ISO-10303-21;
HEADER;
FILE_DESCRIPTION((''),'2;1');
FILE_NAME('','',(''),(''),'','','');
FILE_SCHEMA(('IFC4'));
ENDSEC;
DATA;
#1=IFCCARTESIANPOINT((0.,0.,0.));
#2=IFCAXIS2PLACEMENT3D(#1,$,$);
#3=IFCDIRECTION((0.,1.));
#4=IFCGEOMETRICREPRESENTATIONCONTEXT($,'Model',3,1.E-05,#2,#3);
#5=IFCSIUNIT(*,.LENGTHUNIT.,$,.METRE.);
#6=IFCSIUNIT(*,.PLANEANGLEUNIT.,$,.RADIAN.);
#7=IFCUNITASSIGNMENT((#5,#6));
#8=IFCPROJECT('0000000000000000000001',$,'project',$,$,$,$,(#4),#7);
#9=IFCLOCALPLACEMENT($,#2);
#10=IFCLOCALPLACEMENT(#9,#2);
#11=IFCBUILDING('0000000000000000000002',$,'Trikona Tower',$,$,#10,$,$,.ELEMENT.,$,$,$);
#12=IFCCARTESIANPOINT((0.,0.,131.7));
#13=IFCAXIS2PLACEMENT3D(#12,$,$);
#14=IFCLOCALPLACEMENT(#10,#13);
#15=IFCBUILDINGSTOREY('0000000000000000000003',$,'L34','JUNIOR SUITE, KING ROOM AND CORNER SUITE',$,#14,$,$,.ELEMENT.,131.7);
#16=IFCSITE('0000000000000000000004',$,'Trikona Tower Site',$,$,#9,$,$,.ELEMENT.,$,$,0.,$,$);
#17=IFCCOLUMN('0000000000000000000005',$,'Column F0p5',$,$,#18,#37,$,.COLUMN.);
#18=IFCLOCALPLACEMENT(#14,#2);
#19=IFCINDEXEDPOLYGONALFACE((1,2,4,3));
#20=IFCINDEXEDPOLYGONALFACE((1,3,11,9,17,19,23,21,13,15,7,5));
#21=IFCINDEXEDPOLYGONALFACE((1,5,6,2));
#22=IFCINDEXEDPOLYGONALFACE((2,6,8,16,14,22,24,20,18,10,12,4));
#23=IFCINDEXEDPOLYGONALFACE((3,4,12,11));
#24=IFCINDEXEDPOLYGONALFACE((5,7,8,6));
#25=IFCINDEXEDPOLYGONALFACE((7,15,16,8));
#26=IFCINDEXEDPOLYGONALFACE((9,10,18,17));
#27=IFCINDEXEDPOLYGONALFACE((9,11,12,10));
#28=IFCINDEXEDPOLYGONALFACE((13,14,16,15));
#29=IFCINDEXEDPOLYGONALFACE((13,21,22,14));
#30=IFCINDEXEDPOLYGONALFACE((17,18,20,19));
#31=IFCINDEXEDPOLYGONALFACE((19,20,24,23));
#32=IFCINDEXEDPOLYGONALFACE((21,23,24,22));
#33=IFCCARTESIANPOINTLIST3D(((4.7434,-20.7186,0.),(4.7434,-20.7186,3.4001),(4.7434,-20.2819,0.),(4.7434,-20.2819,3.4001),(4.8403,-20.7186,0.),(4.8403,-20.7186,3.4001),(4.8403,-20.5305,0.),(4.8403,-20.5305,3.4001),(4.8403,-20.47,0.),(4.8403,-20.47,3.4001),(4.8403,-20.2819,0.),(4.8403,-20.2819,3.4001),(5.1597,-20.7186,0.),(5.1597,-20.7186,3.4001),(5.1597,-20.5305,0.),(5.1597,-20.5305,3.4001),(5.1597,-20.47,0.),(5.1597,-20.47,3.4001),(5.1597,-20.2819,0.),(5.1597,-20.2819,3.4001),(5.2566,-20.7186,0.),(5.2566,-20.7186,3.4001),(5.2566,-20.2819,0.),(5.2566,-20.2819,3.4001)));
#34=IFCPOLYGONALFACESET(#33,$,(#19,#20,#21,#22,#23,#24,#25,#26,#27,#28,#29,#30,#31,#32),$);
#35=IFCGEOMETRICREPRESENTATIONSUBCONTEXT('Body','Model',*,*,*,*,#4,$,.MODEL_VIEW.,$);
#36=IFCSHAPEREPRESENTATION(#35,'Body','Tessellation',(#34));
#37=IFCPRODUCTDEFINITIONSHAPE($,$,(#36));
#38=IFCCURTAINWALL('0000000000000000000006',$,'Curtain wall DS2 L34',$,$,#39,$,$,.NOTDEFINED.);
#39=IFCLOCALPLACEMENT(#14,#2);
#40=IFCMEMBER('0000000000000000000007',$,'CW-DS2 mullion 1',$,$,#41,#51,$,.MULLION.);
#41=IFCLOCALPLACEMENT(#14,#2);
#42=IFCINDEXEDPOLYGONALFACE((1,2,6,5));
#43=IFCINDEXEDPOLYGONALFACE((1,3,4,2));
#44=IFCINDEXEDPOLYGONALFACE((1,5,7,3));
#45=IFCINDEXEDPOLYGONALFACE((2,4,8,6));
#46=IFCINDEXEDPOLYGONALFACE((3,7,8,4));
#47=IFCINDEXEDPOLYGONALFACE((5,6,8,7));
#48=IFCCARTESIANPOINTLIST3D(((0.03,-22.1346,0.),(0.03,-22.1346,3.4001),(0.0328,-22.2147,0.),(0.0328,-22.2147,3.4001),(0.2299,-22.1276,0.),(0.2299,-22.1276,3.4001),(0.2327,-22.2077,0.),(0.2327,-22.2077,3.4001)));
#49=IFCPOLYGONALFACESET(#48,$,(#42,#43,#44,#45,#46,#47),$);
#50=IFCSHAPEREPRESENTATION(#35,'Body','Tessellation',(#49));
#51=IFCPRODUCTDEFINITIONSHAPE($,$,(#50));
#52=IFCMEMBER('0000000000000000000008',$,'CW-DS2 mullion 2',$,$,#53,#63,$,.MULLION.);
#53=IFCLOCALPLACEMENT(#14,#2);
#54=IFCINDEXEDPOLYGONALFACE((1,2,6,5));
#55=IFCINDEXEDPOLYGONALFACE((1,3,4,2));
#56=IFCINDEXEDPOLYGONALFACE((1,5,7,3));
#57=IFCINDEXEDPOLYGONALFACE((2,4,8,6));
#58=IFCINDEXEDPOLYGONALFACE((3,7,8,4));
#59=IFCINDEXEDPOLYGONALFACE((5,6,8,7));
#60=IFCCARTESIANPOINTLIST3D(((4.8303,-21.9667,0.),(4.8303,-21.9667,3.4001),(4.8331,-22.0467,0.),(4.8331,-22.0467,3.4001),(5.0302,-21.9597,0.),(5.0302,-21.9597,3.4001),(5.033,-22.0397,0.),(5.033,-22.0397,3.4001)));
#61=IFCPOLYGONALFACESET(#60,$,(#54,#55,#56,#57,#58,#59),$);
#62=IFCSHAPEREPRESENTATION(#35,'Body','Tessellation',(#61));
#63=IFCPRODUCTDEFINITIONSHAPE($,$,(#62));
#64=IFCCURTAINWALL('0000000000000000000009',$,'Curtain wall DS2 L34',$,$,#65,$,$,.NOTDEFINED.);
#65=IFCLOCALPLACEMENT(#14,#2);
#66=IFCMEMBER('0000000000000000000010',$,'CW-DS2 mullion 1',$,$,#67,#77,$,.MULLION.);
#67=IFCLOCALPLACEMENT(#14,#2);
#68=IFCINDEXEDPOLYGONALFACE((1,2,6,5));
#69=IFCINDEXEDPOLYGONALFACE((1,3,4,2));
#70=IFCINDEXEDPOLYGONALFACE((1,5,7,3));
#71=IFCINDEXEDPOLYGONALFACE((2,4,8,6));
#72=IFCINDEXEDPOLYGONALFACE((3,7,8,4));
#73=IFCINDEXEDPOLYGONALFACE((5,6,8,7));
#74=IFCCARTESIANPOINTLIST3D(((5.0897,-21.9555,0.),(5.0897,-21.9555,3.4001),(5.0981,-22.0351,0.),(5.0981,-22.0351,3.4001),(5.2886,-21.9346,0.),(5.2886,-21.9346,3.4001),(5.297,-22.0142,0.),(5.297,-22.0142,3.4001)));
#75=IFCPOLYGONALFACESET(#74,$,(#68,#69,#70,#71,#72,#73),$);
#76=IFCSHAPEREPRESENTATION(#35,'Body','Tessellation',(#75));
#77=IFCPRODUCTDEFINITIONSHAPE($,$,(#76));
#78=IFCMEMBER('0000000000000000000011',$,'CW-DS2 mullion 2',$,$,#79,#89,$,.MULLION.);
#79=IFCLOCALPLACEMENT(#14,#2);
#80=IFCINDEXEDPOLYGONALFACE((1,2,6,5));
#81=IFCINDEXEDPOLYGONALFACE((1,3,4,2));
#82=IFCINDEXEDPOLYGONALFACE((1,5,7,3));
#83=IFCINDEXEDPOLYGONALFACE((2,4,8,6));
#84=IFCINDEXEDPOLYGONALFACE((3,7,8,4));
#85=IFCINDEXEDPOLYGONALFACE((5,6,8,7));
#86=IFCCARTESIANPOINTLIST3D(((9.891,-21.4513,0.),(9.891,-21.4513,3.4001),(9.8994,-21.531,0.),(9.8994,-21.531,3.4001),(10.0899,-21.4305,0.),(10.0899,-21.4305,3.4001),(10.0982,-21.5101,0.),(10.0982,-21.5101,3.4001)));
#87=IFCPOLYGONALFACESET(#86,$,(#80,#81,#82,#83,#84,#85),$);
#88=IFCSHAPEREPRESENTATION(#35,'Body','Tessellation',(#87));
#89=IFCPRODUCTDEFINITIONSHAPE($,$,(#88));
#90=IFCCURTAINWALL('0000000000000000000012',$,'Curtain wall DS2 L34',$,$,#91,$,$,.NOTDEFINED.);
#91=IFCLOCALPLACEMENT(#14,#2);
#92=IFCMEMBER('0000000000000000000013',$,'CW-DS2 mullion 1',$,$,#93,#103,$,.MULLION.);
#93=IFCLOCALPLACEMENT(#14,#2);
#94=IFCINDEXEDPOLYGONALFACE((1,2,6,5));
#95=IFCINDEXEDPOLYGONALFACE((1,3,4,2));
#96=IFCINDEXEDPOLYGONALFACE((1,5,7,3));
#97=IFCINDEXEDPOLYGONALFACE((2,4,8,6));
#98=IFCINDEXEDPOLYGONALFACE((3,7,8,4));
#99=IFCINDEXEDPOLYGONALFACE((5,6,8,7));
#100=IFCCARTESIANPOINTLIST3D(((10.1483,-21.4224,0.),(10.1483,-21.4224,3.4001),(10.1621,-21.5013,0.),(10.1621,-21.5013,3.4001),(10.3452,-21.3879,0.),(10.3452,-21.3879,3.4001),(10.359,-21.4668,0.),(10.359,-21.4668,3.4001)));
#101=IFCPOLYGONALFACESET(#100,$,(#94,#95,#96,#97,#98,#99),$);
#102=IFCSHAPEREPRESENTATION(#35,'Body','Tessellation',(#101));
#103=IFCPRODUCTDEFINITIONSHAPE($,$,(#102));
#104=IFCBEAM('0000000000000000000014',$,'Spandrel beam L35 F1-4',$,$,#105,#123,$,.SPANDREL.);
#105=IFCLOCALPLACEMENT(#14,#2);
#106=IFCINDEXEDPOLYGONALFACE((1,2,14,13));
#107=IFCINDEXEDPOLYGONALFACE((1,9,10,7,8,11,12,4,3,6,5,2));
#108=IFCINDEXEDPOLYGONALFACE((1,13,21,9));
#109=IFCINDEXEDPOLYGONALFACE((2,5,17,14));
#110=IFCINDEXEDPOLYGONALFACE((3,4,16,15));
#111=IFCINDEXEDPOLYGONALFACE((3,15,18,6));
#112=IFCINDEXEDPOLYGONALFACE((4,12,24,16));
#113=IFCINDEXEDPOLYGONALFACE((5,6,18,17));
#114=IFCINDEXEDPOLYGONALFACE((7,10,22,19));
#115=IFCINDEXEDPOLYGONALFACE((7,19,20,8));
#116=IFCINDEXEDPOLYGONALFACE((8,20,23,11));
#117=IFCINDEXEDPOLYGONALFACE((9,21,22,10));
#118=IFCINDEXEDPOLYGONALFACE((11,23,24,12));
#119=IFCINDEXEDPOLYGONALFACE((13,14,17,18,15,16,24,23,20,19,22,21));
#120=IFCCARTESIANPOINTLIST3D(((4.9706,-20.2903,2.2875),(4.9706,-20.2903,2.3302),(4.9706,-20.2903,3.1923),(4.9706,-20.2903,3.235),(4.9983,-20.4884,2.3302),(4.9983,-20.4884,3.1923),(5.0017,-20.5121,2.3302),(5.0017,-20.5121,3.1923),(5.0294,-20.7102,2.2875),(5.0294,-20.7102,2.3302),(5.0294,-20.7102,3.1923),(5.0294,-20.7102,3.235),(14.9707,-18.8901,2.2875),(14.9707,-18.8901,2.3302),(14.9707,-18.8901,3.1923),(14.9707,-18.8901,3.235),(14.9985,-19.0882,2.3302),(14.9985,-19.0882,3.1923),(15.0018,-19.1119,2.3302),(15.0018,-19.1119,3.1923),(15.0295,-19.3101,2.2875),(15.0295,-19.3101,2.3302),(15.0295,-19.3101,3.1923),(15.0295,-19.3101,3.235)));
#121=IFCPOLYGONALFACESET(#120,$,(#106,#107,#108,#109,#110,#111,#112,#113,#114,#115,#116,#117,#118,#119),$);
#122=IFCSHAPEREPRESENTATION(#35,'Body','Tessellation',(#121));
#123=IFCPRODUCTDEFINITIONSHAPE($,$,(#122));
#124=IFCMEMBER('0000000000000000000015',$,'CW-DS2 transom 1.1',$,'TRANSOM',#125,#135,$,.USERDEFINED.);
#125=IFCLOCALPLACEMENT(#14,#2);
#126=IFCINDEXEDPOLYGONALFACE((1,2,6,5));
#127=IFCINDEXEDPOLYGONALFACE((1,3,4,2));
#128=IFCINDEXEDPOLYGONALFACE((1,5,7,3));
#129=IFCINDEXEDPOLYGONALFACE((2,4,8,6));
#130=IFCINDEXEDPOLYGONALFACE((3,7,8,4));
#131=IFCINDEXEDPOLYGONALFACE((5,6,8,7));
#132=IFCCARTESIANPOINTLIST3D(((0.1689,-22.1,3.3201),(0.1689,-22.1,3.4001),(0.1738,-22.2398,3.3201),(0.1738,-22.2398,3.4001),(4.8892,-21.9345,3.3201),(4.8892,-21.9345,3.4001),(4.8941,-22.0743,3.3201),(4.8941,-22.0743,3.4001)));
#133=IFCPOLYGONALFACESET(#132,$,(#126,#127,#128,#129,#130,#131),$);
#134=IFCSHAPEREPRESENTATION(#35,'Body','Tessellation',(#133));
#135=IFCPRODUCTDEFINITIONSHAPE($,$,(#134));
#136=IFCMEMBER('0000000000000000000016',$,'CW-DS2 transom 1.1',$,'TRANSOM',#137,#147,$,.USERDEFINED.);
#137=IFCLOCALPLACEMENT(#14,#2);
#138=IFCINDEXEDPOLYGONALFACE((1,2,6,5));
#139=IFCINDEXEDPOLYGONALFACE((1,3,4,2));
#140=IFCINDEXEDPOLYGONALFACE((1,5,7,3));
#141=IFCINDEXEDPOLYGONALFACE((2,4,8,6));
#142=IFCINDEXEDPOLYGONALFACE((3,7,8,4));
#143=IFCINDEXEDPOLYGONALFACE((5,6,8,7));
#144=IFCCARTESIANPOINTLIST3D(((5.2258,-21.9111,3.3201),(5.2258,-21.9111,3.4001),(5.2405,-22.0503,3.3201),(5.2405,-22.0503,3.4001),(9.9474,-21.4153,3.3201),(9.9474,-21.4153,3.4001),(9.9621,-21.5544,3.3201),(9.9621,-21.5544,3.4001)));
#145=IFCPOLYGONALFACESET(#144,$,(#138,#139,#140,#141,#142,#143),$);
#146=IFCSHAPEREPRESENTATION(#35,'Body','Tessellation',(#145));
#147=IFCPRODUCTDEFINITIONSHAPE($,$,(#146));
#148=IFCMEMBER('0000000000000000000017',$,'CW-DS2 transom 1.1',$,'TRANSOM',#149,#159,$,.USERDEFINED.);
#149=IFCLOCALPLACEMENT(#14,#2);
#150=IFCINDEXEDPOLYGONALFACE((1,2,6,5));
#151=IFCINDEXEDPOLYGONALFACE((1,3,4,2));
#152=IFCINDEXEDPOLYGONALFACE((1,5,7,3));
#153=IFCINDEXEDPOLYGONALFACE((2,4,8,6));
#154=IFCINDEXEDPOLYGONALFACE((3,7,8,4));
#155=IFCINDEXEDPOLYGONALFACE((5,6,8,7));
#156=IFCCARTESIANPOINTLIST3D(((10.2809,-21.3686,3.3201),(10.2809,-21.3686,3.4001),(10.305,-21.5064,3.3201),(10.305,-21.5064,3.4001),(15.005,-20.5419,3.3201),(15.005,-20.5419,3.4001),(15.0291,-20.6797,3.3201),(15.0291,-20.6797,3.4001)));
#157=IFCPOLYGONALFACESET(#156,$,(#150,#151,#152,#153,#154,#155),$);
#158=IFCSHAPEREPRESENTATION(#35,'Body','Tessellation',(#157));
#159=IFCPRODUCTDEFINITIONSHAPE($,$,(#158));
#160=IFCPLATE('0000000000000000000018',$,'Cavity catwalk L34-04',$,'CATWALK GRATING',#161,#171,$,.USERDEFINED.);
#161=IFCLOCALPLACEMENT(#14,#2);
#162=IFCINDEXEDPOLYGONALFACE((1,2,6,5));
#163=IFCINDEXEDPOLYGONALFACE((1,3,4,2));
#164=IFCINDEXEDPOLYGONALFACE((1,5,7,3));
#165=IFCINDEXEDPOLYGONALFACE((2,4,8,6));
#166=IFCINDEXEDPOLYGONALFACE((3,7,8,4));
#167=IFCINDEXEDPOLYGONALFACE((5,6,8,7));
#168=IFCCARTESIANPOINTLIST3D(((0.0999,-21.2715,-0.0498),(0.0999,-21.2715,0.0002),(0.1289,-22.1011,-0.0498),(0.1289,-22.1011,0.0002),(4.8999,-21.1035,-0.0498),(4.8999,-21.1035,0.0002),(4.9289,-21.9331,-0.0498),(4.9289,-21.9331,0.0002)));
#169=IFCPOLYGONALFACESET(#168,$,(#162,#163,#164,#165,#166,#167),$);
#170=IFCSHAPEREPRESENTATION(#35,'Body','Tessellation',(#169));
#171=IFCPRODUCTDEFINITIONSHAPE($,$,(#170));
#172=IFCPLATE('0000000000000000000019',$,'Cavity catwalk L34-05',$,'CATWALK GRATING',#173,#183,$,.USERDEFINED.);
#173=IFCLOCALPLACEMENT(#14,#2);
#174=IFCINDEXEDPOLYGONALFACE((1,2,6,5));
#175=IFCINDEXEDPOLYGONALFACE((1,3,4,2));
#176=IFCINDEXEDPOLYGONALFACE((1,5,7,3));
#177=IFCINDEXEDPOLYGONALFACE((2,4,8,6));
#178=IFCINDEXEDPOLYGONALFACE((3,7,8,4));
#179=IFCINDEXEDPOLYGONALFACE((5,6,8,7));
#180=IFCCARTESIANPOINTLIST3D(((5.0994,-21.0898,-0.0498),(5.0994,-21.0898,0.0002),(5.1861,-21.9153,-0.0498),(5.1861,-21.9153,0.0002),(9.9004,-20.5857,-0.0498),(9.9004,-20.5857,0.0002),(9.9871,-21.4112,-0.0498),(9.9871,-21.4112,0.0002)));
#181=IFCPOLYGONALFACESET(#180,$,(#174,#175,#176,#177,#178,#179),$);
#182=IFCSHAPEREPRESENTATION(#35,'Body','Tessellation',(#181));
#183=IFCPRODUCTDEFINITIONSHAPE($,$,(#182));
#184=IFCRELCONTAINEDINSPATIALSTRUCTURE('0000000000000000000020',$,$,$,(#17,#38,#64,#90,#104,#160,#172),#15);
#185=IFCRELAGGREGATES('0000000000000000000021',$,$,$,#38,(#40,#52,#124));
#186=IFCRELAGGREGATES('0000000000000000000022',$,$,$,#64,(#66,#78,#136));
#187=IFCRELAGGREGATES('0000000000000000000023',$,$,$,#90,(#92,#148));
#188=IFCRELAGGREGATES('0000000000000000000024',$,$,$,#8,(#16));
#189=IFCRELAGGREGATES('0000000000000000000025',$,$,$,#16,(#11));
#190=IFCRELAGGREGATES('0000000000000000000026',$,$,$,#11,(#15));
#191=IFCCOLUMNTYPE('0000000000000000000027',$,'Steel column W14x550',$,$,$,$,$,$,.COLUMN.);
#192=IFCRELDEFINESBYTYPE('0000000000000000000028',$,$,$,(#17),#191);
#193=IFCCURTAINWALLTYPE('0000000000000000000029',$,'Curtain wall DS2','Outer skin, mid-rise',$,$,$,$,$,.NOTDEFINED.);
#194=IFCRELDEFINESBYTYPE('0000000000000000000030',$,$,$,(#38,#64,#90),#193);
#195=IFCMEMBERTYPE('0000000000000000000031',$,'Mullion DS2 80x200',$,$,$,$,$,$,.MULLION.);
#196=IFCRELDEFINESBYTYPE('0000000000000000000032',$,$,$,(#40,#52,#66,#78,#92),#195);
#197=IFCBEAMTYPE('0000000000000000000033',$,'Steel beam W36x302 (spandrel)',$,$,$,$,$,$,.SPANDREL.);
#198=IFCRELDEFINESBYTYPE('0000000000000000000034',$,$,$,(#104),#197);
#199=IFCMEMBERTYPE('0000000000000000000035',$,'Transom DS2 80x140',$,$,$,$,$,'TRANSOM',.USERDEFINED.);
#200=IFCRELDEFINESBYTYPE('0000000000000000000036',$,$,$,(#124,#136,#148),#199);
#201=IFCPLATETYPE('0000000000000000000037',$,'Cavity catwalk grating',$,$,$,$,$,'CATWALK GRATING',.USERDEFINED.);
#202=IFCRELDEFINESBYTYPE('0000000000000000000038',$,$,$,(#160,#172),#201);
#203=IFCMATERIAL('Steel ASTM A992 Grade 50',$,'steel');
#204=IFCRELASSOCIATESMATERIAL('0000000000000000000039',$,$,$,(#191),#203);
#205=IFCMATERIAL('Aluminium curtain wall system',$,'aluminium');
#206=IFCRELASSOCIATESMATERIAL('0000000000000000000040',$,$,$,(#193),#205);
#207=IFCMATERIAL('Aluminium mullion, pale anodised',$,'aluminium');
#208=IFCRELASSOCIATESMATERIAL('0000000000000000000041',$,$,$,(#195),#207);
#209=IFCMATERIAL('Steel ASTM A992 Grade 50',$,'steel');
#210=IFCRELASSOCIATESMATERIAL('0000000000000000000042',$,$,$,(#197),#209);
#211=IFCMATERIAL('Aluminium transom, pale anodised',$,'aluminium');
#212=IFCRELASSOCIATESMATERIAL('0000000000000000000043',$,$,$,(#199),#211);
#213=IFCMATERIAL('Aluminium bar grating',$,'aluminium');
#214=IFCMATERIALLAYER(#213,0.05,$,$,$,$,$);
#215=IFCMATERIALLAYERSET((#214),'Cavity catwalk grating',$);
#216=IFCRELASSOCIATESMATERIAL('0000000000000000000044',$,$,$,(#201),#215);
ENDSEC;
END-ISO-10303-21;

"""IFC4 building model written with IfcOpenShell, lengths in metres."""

from ifc_helpers import new_model, si_unit, direction, frame, origin, origin_2d, place, context, subcontext, project, spatial, rectangle, i_section, extrude, material, layer, layer_set, material_profile, profile_set, type_object, element, aggregate, save


model = new_model("IFC4")

# Units and contexts
model_context = context("Model", 3, precision=1e-05, world=origin(), true_north=direction((0.0, 1.0)))
body_context = subcontext(model_context, "Body", "Model", "MODEL_VIEW")
ifc_project = project(units=[si_unit("LENGTHUNIT", "METRE"), si_unit("PLANEANGLEUNIT", "RADIAN")], contexts=[model_context])

# Site, building, storey
site_placement = place(None, origin())
site = spatial("IfcSite", under=ifc_project, at=site_placement, Name="Trikona Tower Site", CompositionType="ELEMENT", RefElevation=0.0)
building_placement = place(site_placement, origin())
building = spatial("IfcBuilding", under=site, at=building_placement, Name="Trikona Tower", CompositionType="ELEMENT")
storey_placement = place(building_placement, frame((0.0, 0.0, 131.7)))
storey = spatial("IfcBuildingStorey", under=building, at=storey_placement, Name="L34", Description="JUNIOR SUITE, KING ROOM AND CORNER SUITE", CompositionType="ELEMENT", Elevation=131.7)

# Column
ifc_material_1 = material(Name="Steel ASTM A992 Grade 50", Category="steel")
ifc_material_profile_1 = material_profile(ifc_material_1, i_section(OverallWidth=0.4368, OverallDepth=0.5132, WebThickness=0.0605, FlangeThickness=0.0969, at=origin_2d()), Name="W14X550")
ifc_profile_set_1 = profile_set([ifc_material_profile_1], Name="Steel ASTM A992 Grade 50")
column_type = type_object("IfcColumnType", Name="Steel column W14x550", PredefinedType="COLUMN", material=ifc_profile_set_1)
column_placement = place(storey_placement, frame((5.0, -20.5002, 0.0), z_axis=(0.0, 0.0, 1.0), x_axis=(0.0, -1.0, 0.0)))
element("IfcColumn", 1, at=column_placement, inside=storey, type_object=column_type, Name="Column F0p5", PredefinedType="COLUMN", context=body_context, shape_type="SweptSolid", body=[
    extrude(i_section(OverallWidth=0.4368, OverallDepth=0.5132, WebThickness=0.0605, FlangeThickness=0.0969, at=origin_2d()), origin(), (0.0, 0.0, 1.0), 3.4001),
])

# Curtain walls, members
ifc_material_2 = material(Name="Aluminium curtain wall system", Category="aluminium")
curtain_wall_type = type_object("IfcCurtainWallType", Name="Curtain wall DS2", Description="Outer skin, mid-rise", PredefinedType="NOTDEFINED", material=ifc_material_2)
curtain_wall_1_placement = place(storey_placement, origin())
curtain_wall_1 = element("IfcCurtainWall", 2, at=curtain_wall_1_placement, inside=storey, type_object=curtain_wall_type, Name="Curtain wall DS2 L34", PredefinedType="NOTDEFINED")
ifc_material_3 = material(Name="Aluminium mullion, pale anodised", Category="aluminium")
ifc_material_profile_2 = material_profile(ifc_material_3, rectangle(XDim=0.0801, YDim=0.2, at=origin_2d()), Name="MUL-DS2")
ifc_profile_set_2 = profile_set([ifc_material_profile_2], Name="Aluminium mullion, pale anodised")
member_type_1 = type_object("IfcMemberType", Name="Mullion DS2 80x200", PredefinedType="MULLION", material=ifc_profile_set_2)
member_1_placement = place(storey_placement, frame((0.1313, -22.1711, 0.0), z_axis=(0.0, 0.0, 1.0), x_axis=(-0.034998, 0.999387, 0.0)))
member_1 = element("IfcMember", 3, at=member_1_placement, type_object=member_type_1, Name="CW-DS2 mullion 1", PredefinedType="MULLION", context=body_context, shape_type="SweptSolid", body=[
    extrude(rectangle(XDim=0.0801, YDim=0.2, at=origin_2d()), origin(), (0.0, 0.0, 1.0), 3.4001),
])
member_2_placement = place(storey_placement, frame((4.9316, -22.0032, 0.0), z_axis=(0.0, 0.0, 1.0), x_axis=(-0.034998, 0.999387, 0.0)))
member_2 = element("IfcMember", 4, at=member_2_placement, type_object=member_type_1, Name="CW-DS2 mullion 2", PredefinedType="MULLION", context=body_context, shape_type="SweptSolid", body=[
    extrude(rectangle(XDim=0.0801, YDim=0.2, at=origin_2d()), origin(), (0.0, 0.0, 1.0), 3.4001),
])
curtain_wall_2_placement = place(storey_placement, origin())
curtain_wall_2 = element("IfcCurtainWall", 5, at=curtain_wall_2_placement, inside=storey, type_object=curtain_wall_type, Name="Curtain wall DS2 L34", PredefinedType="NOTDEFINED")
member_3_placement = place(storey_placement, frame((5.1934, -21.9849, 0.0), z_axis=(0.0, 0.0, 1.0), x_axis=(-0.104433, 0.994532, 0.0)))
member_3 = element("IfcMember", 6, at=member_3_placement, type_object=member_type_1, Name="CW-DS2 mullion 1", PredefinedType="MULLION", context=body_context, shape_type="SweptSolid", body=[
    extrude(rectangle(XDim=0.0801, YDim=0.2, at=origin_2d()), origin(), (0.0, 0.0, 1.0), 3.4001),
])
member_4_placement = place(storey_placement, frame((9.9946, -21.4807, 0.0), z_axis=(0.0, 0.0, 1.0), x_axis=(-0.104433, 0.994532, 0.0)))
member_4 = element("IfcMember", 7, at=member_4_placement, type_object=member_type_1, Name="CW-DS2 mullion 2", PredefinedType="MULLION", context=body_context, shape_type="SweptSolid", body=[
    extrude(rectangle(XDim=0.0801, YDim=0.2, at=origin_2d()), origin(), (0.0, 0.0, 1.0), 3.4001),
])

# Curtain wall, member
curtain_wall_3_placement = place(storey_placement, origin())
curtain_wall_3 = element("IfcCurtainWall", 8, at=curtain_wall_3_placement, inside=storey, type_object=curtain_wall_type, Name="Curtain wall DS2 L34", PredefinedType="NOTDEFINED")
member_5_placement = place(storey_placement, frame((10.2537, -21.4446, 0.0), z_axis=(0.0, 0.0, 1.0), x_axis=(-0.172377, 0.985031, 0.0)))
member_5 = element("IfcMember", 9, at=member_5_placement, type_object=member_type_1, Name="CW-DS2 mullion 1", PredefinedType="MULLION", context=body_context, shape_type="SweptSolid", body=[
    extrude(rectangle(XDim=0.0801, YDim=0.2, at=origin_2d()), origin(), (0.0, 0.0, 1.0), 3.4001),
])

# Beam
ifc_material_4 = material(Name="Steel ASTM A992 Grade 50", Category="steel")
ifc_material_profile_3 = material_profile(ifc_material_4, i_section(OverallWidth=0.4241, OverallDepth=0.9475, WebThickness=0.0239, FlangeThickness=0.0427, at=origin_2d()), Name="W36X302")
ifc_profile_set_3 = profile_set([ifc_material_profile_3], Name="Steel ASTM A992 Grade 50")
beam_type = type_object("IfcBeamType", Name="Steel beam W36x302 (spandrel)", PredefinedType="SPANDREL", material=ifc_profile_set_3)
beam_placement = place(storey_placement, frame((5.0, -20.5002, 2.7612), z_axis=(0.99034, 0.138662, 0.0), x_axis=(-0.138662, 0.99034, 0.0)))
element("IfcBeam", 10, at=beam_placement, inside=storey, type_object=beam_type, Name="Spandrel beam L35 F1-4", PredefinedType="SPANDREL", context=body_context, shape_type="SweptSolid", body=[
    extrude(i_section(OverallWidth=0.4241, OverallDepth=0.9475, WebThickness=0.0239, FlangeThickness=0.0427, at=origin_2d()), origin(), (0.0, 0.0, 1.0), 10.0977),
])

# Members
ifc_material_5 = material(Name="Aluminium transom, pale anodised", Category="aluminium")
ifc_material_profile_4 = material_profile(ifc_material_5, rectangle(XDim=0.1399, YDim=0.0801, at=origin_2d()), Name="TRN-DS2")
ifc_profile_set_4 = profile_set([ifc_material_profile_4], Name="Aluminium transom, pale anodised")
member_type_2 = type_object("IfcMemberType", Name="Transom DS2 80x140", ElementType="TRANSOM", PredefinedType="USERDEFINED", material=ifc_profile_set_4)
member_6_placement = place(storey_placement, frame((0.1714, -22.1699, 3.3601), z_axis=(0.999386, 0.035046, 0.0), x_axis=(-0.035046, 0.999386, 0.0)))
member_6 = element("IfcMember", 11, at=member_6_placement, type_object=member_type_2, Name="CW-DS2 transom 1.1", ObjectType="TRANSOM", PredefinedType="USERDEFINED", context=body_context, shape_type="SweptSolid", body=[
    extrude(rectangle(XDim=0.1399, YDim=0.0801, at=origin_2d()), origin(), (0.0, 0.0, 1.0), 4.7231),
])
member_7_placement = place(storey_placement, frame((5.2332, -21.9807, 3.3601), z_axis=(0.994531, 0.104441, 0.0), x_axis=(-0.104441, 0.994531, 0.0)))
member_7 = element("IfcMember", 12, at=member_7_placement, type_object=member_type_2, Name="CW-DS2 transom 1.1", ObjectType="TRANSOM", PredefinedType="USERDEFINED", context=body_context, shape_type="SweptSolid", body=[
    extrude(rectangle(XDim=0.1399, YDim=0.0801, at=origin_2d()), origin(), (0.0, 0.0, 1.0), 4.7476),
])
member_8_placement = place(storey_placement, frame((10.293, -21.4375, 3.3601), z_axis=(0.985033, 0.172368, 0.0), x_axis=(-0.172368, 0.985033, 0.0)))
member_8 = element("IfcMember", 13, at=member_8_placement, type_object=member_type_2, Name="CW-DS2 transom 1.1", ObjectType="TRANSOM", PredefinedType="USERDEFINED", context=body_context, shape_type="SweptSolid", body=[
    extrude(rectangle(XDim=0.1399, YDim=0.0801, at=origin_2d()), origin(), (0.0, 0.0, 1.0), 4.7959),
])

# Plates
ifc_material_6 = material(Name="Aluminium bar grating", Category="aluminium")
ifc_layer_1 = layer(ifc_material_6, 0.05)
ifc_layer_set_1 = layer_set([ifc_layer_1], Name="Cavity catwalk grating")
plate_type_1 = type_object("IfcPlateType", Name="Cavity catwalk grating", ElementType="CATWALK GRATING", PredefinedType="USERDEFINED", material=ifc_layer_set_1)
plate_1_placement = place(storey_placement, frame((2.5144, -21.6023, -0.0498), z_axis=(0.0, 0.0, 1.0), x_axis=(0.999388, 0.034978, 0.0)))
element("IfcPlate", 14, at=plate_1_placement, inside=storey, type_object=plate_type_1, Name="Cavity catwalk L34-04", ObjectType="CATWALK GRATING", PredefinedType="USERDEFINED", context=body_context, shape_type="SweptSolid", body=[
    extrude(rectangle(XDim=4.803, YDim=0.8301, at=origin_2d()), origin(), (0.0, 0.0, 1.0), 0.05),
])
plate_2_placement = place(storey_placement, frame((7.5432, -21.2505, -0.0498), z_axis=(0.0, 0.0, 1.0), x_axis=(0.994533, 0.104426, 0.0)))
element("IfcPlate", 15, at=plate_2_placement, inside=storey, type_object=plate_type_1, Name="Cavity catwalk L34-05", ObjectType="CATWALK GRATING", PredefinedType="USERDEFINED", context=body_context, shape_type="SweptSolid", body=[
    extrude(rectangle(XDim=4.8274, YDim=0.8301, at=origin_2d()), origin(), (0.0, 0.0, 1.0), 0.05),
])

aggregate(curtain_wall_1, [member_1, member_2, member_6])
aggregate(curtain_wall_2, [member_3, member_4, member_7])
aggregate(curtain_wall_3, [member_5, member_8])

save(model, "model.ifc")
